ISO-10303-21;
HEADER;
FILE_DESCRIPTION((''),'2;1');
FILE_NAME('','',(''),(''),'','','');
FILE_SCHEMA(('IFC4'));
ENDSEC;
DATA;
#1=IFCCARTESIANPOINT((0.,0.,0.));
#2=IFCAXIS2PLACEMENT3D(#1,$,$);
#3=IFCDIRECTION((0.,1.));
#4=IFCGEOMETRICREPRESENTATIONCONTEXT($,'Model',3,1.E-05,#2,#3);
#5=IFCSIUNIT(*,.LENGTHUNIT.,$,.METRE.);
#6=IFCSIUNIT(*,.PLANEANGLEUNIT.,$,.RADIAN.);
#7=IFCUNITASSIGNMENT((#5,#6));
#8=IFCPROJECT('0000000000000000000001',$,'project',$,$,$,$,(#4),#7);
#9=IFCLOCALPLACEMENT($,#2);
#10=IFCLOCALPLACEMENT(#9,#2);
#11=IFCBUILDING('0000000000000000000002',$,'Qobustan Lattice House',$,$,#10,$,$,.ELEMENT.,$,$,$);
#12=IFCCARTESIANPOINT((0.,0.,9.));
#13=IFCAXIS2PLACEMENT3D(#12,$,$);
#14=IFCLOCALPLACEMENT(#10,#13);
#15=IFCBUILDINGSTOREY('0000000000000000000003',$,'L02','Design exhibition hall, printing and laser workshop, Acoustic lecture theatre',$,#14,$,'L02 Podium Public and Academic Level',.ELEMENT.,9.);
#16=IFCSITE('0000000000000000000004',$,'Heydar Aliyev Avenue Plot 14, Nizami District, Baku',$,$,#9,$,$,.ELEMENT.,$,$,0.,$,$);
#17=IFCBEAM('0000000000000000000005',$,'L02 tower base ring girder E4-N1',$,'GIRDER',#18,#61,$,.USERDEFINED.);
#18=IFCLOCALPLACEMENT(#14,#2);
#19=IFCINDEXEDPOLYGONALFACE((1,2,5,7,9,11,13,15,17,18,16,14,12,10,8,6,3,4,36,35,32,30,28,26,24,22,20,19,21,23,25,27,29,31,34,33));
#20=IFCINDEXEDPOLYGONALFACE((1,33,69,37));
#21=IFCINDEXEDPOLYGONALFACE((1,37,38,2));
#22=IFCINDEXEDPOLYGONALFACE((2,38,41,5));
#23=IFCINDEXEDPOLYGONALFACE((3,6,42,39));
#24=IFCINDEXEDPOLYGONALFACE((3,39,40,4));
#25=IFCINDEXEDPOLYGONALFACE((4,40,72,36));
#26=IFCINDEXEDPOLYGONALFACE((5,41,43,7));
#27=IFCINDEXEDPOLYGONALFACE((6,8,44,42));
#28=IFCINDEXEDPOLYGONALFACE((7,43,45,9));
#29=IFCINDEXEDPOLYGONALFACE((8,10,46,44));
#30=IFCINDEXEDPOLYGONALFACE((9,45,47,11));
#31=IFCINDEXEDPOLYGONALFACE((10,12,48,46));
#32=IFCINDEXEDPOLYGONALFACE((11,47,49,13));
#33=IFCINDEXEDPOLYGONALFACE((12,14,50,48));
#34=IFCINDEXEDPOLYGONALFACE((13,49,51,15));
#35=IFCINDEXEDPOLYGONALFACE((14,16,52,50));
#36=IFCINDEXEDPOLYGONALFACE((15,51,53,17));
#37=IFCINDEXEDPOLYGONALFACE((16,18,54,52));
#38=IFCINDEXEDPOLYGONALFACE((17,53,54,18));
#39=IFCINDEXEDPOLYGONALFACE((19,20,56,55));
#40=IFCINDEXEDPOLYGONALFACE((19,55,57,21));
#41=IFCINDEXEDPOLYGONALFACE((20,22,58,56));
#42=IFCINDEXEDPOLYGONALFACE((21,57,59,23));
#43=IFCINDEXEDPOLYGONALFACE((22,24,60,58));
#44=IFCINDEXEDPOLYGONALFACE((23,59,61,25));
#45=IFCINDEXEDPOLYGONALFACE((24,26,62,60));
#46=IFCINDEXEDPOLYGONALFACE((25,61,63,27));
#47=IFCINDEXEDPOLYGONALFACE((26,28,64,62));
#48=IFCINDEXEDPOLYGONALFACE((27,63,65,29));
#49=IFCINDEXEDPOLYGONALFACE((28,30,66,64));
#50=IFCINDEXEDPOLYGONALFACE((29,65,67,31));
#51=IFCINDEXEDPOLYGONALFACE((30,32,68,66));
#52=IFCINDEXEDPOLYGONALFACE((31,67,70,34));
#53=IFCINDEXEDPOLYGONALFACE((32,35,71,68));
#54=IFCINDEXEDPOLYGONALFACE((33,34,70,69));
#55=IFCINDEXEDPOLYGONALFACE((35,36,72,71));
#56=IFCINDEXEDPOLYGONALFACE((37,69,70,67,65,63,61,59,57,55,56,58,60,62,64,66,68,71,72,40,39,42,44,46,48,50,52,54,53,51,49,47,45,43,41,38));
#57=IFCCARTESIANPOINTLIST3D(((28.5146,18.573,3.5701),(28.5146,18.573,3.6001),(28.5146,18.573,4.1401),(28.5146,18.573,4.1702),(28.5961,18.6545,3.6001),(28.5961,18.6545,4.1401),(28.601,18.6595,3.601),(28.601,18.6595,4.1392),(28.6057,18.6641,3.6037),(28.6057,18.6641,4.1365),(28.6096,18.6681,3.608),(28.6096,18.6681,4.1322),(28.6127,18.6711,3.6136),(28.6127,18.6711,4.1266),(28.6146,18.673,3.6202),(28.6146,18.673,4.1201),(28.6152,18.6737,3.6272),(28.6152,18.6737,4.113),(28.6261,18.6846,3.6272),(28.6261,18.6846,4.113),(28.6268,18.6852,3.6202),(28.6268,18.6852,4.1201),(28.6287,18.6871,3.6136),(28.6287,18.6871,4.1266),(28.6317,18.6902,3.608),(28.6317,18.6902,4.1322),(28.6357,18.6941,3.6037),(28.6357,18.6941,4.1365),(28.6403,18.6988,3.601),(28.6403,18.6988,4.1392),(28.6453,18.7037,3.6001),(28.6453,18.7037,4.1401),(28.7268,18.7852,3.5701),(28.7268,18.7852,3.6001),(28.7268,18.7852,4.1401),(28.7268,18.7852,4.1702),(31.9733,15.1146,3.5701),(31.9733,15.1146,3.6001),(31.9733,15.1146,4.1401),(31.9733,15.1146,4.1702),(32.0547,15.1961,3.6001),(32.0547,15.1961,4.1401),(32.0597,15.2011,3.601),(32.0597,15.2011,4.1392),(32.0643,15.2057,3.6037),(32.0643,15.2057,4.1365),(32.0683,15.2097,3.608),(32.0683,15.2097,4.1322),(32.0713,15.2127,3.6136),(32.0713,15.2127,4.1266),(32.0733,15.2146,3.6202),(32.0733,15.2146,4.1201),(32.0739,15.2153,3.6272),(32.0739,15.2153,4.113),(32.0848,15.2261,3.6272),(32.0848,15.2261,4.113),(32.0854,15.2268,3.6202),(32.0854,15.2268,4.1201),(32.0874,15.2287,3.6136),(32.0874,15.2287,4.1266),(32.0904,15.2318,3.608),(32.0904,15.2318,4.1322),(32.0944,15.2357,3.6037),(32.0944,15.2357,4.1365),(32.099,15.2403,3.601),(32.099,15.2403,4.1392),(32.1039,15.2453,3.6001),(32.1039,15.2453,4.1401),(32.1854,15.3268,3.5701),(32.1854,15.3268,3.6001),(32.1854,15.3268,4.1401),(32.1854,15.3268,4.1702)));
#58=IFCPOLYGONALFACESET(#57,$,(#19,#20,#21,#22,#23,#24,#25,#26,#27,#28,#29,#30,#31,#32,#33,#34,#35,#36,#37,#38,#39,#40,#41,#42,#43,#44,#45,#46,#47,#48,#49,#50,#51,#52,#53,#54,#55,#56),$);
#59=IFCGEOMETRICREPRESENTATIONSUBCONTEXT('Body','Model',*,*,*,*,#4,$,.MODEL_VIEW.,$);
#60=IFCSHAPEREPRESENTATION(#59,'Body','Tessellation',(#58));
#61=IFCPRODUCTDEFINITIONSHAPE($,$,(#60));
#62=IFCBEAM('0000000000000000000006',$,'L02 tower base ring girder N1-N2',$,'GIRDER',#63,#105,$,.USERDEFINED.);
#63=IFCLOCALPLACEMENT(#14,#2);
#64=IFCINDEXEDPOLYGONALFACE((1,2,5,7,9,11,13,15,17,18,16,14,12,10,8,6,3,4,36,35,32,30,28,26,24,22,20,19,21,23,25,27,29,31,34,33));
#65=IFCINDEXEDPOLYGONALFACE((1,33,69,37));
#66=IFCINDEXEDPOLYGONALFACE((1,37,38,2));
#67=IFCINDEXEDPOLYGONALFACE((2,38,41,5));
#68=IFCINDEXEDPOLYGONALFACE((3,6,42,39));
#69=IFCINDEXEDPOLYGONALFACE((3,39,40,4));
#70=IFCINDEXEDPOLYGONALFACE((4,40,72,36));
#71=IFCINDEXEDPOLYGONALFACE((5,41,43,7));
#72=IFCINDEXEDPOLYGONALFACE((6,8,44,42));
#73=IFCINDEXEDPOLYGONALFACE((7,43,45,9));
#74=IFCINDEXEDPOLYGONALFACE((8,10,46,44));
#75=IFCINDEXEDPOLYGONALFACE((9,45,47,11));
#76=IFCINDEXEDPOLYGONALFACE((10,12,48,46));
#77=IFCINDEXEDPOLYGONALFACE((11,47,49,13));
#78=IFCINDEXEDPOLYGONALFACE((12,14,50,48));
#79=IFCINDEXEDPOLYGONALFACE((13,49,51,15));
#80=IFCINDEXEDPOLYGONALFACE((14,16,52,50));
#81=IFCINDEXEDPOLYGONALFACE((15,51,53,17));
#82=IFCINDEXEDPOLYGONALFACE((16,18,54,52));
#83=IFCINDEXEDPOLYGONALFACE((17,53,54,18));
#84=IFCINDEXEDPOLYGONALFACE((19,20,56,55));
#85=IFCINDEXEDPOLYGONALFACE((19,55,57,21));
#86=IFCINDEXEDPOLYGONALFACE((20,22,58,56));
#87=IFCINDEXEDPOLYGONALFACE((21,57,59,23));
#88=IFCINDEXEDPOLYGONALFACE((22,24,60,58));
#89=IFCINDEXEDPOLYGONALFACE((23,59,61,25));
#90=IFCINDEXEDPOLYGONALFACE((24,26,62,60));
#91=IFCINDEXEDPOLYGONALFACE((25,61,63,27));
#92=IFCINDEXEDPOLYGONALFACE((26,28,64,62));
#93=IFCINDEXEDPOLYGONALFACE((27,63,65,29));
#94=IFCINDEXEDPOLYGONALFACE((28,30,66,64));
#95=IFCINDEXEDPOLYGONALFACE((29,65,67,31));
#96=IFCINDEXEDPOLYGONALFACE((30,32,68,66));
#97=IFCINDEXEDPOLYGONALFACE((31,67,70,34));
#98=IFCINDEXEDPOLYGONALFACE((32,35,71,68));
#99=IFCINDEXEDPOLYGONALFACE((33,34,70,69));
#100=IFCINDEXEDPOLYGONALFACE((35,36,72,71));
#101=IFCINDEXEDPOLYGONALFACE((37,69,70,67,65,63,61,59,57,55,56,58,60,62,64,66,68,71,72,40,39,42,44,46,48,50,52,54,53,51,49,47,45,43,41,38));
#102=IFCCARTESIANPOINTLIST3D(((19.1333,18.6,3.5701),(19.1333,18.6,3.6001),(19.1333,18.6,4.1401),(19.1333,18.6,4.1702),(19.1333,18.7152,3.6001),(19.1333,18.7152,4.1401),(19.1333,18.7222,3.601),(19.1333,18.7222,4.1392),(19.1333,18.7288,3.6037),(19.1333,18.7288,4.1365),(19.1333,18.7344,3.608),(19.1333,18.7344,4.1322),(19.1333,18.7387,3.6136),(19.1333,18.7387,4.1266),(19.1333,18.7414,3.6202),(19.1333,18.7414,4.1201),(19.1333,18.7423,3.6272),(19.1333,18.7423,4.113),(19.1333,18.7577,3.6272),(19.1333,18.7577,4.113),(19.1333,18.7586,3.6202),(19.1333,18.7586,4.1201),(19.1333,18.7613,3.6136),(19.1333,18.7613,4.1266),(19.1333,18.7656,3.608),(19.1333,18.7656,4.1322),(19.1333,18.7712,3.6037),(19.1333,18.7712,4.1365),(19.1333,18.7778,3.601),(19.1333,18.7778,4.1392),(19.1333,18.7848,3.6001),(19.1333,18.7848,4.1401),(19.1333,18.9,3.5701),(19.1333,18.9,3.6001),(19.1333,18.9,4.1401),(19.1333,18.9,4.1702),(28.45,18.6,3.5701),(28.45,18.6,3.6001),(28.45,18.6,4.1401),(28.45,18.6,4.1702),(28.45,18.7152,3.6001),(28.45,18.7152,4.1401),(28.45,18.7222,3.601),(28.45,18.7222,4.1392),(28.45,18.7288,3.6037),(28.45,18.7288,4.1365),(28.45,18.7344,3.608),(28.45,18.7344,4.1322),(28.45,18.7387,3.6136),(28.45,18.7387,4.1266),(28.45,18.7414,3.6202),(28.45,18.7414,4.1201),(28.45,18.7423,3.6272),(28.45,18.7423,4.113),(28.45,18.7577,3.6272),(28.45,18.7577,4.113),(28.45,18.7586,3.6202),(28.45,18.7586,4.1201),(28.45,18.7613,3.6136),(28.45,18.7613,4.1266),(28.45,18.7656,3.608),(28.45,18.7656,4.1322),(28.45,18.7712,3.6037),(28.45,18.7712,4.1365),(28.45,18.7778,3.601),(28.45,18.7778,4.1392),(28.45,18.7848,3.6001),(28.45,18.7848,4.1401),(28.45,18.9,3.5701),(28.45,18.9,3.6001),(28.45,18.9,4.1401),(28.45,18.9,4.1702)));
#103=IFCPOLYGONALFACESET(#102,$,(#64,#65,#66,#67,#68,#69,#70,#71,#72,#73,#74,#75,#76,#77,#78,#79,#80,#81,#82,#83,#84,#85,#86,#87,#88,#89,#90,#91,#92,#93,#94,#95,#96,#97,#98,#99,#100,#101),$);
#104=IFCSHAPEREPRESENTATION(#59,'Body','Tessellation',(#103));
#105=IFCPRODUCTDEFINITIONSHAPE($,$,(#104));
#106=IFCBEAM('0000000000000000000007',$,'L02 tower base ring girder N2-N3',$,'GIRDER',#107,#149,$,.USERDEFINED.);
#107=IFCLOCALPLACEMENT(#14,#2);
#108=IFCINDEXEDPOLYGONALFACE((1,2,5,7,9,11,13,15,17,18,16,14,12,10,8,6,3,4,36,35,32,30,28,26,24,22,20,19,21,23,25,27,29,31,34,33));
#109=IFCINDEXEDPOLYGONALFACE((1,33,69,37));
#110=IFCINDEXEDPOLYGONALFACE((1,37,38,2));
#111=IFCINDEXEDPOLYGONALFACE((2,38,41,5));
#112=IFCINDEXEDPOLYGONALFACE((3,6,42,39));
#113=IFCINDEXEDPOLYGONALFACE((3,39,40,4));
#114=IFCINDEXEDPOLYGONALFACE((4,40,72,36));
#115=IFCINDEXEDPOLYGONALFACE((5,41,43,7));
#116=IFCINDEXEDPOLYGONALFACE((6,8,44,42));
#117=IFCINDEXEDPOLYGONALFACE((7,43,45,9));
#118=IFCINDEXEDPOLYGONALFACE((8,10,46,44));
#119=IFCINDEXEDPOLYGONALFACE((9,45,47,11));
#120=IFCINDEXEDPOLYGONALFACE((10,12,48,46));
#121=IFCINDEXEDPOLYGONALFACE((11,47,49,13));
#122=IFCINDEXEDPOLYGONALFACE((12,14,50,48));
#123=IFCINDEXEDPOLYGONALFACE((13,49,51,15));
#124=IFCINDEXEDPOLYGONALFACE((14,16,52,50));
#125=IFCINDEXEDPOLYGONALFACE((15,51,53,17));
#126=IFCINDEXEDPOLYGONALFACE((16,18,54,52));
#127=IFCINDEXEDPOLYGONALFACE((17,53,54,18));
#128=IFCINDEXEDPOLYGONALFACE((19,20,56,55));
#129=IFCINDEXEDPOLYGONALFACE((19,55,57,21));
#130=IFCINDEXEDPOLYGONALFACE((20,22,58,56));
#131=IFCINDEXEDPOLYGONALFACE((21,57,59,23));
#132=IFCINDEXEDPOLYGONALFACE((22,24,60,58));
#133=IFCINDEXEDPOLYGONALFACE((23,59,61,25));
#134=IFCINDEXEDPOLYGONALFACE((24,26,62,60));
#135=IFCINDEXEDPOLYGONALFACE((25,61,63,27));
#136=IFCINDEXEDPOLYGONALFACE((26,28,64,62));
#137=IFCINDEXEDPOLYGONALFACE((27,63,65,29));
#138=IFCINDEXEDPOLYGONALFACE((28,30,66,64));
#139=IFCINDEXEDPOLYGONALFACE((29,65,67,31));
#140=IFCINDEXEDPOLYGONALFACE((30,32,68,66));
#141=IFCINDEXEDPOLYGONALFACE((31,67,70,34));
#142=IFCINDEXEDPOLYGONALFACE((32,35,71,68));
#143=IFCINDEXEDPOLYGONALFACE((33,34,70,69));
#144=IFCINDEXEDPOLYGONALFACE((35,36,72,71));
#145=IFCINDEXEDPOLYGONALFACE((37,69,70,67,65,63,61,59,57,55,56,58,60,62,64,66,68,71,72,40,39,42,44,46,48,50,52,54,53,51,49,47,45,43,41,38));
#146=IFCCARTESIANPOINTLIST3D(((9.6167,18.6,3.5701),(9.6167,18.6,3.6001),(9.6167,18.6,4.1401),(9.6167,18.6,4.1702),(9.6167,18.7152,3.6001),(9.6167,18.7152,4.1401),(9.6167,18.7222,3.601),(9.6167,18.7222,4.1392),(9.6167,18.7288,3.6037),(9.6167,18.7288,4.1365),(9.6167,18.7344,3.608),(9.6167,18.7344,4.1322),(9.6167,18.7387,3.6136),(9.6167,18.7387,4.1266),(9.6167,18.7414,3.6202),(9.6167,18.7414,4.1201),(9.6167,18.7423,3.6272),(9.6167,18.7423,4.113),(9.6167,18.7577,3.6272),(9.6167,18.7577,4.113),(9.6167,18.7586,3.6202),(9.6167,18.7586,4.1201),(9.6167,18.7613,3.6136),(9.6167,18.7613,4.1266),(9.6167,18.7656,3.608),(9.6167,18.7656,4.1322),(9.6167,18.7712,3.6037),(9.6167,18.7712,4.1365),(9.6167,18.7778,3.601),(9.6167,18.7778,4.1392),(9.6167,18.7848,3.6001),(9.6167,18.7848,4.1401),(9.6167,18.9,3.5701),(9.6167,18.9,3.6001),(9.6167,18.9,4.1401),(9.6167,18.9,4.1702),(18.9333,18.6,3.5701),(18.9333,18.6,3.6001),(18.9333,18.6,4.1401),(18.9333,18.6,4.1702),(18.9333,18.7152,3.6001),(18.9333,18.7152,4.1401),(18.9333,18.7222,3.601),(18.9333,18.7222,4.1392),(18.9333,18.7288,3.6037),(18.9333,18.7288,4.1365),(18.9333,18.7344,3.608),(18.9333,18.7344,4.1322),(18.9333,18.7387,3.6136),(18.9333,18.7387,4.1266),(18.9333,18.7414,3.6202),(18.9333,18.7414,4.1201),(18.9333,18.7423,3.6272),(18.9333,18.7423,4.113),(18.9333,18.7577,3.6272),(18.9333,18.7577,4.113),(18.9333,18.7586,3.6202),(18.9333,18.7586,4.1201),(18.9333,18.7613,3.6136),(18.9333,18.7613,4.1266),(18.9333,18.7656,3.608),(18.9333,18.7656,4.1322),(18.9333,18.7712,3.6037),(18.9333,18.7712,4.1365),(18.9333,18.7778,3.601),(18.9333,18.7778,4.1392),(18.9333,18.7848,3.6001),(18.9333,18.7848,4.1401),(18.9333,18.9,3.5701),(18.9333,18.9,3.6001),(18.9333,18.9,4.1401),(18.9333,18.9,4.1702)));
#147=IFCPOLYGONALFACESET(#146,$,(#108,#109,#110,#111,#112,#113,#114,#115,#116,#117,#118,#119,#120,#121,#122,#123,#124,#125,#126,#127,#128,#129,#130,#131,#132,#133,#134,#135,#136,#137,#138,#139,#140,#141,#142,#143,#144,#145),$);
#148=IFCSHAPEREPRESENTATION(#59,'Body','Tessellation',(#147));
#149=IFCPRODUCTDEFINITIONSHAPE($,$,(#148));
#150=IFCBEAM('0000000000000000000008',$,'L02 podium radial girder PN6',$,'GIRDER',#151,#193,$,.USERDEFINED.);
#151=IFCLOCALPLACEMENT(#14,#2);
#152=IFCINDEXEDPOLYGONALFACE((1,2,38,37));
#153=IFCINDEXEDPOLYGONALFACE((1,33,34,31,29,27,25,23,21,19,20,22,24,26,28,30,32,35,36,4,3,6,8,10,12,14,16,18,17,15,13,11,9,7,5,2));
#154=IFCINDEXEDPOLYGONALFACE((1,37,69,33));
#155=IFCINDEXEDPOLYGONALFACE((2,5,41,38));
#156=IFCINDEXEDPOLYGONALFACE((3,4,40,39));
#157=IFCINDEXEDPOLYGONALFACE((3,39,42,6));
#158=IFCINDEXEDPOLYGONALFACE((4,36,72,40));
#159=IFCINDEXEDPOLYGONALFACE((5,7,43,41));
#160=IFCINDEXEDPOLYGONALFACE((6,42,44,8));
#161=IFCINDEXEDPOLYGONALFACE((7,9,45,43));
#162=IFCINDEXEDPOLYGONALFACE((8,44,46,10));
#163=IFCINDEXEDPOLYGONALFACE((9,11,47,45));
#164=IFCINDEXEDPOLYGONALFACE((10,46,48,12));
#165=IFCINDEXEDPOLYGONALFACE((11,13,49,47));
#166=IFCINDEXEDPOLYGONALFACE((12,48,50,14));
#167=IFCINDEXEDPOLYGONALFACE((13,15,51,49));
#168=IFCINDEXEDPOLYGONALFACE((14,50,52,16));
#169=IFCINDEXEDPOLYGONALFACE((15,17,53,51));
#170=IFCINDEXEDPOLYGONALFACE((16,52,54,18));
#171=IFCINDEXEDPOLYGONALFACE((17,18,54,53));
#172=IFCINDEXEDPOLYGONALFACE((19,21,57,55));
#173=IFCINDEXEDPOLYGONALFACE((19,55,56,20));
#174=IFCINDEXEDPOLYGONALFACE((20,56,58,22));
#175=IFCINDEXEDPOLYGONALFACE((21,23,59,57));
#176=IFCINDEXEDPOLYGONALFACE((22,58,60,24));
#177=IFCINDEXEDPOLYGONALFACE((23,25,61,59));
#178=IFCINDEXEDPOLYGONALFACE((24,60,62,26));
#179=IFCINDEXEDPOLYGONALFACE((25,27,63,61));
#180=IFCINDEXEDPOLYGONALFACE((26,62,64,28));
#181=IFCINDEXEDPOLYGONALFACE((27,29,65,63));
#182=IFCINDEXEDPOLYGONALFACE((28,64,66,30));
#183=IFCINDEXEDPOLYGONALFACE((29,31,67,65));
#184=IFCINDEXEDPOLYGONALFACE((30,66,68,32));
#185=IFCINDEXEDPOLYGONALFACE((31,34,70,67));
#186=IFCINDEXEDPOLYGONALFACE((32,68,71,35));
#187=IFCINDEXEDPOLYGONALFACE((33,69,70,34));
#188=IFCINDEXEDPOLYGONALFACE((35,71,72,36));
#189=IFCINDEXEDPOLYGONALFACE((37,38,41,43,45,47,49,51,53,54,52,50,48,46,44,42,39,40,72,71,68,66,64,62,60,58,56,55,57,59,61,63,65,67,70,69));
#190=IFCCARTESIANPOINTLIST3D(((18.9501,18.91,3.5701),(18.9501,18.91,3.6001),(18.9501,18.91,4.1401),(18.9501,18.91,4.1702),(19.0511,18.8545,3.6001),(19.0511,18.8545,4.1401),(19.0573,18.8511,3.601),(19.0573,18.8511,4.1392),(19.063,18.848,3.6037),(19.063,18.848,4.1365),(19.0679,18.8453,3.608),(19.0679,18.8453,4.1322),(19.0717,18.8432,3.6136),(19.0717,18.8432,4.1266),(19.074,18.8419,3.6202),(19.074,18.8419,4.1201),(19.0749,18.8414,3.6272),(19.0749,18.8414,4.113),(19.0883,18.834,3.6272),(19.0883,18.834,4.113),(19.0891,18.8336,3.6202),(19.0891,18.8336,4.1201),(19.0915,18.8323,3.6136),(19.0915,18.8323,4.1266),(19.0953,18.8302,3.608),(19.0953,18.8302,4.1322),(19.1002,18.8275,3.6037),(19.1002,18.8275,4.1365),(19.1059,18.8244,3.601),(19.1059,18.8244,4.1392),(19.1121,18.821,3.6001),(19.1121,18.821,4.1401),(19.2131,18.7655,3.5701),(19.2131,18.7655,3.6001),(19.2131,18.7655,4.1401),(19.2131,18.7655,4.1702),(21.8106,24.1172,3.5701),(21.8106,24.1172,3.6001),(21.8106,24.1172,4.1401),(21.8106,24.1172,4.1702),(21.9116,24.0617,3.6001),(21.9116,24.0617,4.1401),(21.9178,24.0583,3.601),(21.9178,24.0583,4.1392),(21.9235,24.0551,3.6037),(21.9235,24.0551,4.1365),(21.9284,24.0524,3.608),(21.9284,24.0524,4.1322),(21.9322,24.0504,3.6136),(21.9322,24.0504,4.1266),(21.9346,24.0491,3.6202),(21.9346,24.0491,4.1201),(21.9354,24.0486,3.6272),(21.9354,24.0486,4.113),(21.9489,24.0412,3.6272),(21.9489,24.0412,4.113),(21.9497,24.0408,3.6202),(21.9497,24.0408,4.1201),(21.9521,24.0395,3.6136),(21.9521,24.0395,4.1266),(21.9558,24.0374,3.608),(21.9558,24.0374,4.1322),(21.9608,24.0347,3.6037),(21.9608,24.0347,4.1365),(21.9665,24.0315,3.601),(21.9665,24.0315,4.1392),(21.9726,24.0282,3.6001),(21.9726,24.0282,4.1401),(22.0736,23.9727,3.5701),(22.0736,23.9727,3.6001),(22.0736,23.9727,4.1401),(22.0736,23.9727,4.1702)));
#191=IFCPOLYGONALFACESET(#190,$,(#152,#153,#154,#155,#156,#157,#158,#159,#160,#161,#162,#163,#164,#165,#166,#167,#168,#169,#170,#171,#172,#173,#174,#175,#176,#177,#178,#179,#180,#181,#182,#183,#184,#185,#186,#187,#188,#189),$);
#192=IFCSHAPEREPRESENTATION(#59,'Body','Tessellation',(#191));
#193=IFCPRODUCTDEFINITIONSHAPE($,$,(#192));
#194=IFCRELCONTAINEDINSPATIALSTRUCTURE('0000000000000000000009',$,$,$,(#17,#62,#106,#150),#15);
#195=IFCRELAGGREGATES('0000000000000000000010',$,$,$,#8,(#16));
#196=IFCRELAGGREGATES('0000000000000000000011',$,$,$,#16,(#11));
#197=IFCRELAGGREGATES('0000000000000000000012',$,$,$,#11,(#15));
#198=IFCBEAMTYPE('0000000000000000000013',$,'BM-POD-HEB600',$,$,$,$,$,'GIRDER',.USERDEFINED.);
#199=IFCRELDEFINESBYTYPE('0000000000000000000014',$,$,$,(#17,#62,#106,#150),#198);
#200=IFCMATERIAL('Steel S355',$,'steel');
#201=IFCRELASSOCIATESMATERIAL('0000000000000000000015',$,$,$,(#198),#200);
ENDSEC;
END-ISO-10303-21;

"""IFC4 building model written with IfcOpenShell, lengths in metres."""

from ifc_helpers import new_model, si_unit, direction, frame, origin, origin_2d, place, context, subcontext, project, spatial, i_section, extrude, material, material_profile, profile_set, type_object, element, save


model = new_model("IFC4")

# Units and contexts
model_context = context("Model", 3, precision=1e-05, world=origin(), true_north=direction((0.0, 1.0)))
body_context = subcontext(model_context, "Body", "Model", "MODEL_VIEW")
ifc_project = project(units=[si_unit("LENGTHUNIT", "METRE"), si_unit("PLANEANGLEUNIT", "RADIAN")], contexts=[model_context])

# Site, building, storey
site_placement = place(None, origin())
site = spatial("IfcSite", under=ifc_project, at=site_placement, Name="Heydar Aliyev Avenue Plot 14, Nizami District, Baku", CompositionType="ELEMENT", RefElevation=0.0)
building_placement = place(site_placement, origin())
building = spatial("IfcBuilding", under=site, at=building_placement, Name="Qobustan Lattice House", CompositionType="ELEMENT")
storey_placement = place(building_placement, frame((0.0, 0.0, 9.0)))
storey = spatial("IfcBuildingStorey", under=building, at=storey_placement, Name="L02", Description="Design exhibition hall, printing and laser workshop, Acoustic lecture theatre", LongName="L02 Podium Public and Academic Level", CompositionType="ELEMENT", Elevation=9.0)

# Beams
ifc_material_1 = material(Name="Steel S355", Category="steel")
ifc_material_profile_1 = material_profile(ifc_material_1, i_section(OverallWidth=0.3, OverallDepth=0.6001, WebThickness=0.0154, FlangeThickness=0.03, FilletRadius=0.0271, at=origin_2d()), Name="HEB600")
ifc_profile_set_1 = profile_set([ifc_material_profile_1], Name="Steel S355")
beam_type_1 = type_object("IfcBeamType", Name="BM-POD-HEB600", ElementType="GIRDER", PredefinedType="USERDEFINED", material=ifc_profile_set_1)
beam_1_placement = place(storey_placement, frame((32.0793, 15.2207, 3.8701), z_axis=(-0.707132, 0.707082, 0.0), x_axis=(-0.707082, -0.707132, 0.0)))
element("IfcBeam", 1, at=beam_1_placement, inside=storey, type_object=beam_type_1, Name="L02 tower base ring girder E4-N1", ObjectType="GIRDER", PredefinedType="USERDEFINED", context=body_context, shape_type="SweptSolid", body=[
    extrude(i_section(OverallWidth=0.3, OverallDepth=0.6001, WebThickness=0.0154, FlangeThickness=0.03, FilletRadius=0.0271, at=origin_2d()), origin(), (0.0, 0.0, 1.0), 4.8911),
])
for number, where, z_axis, x_axis, name in (
    (2, (28.45, 18.75, 3.8701), (-1.0, 0.0, 0.0), (0.0, -1.0, 0.0), "L02 tower base ring girder N1-N2"),
    (3, (18.9333, 18.75, 3.8701), (-1.0, 0.0, 0.0), (0.0, -1.0, 0.0), "L02 tower base ring girder N2-N3"),
):
    element("IfcBeam", number, at=place(storey_placement, frame(where, z_axis=z_axis, x_axis=x_axis)), inside=storey, type_object=beam_type_1, Name=name, ObjectType="GIRDER", PredefinedType="USERDEFINED", context=body_context, shape_type="SweptSolid", body=[
        extrude(i_section(OverallWidth=0.3, OverallDepth=0.6001, WebThickness=0.0154, FlangeThickness=0.03, FilletRadius=0.0271, at=origin_2d()), origin(), (0.0, 0.0, 1.0), 9.3167),
    ])
beam_2_placement = place(storey_placement, frame((21.9421, 24.0449, 3.8701), z_axis=(-0.481479, -0.876458, 0.0), x_axis=(0.876458, -0.481479, 0.0)))
element("IfcBeam", 4, at=beam_2_placement, inside=storey, type_object=beam_type_1, Name="L02 podium radial girder PN6", ObjectType="GIRDER", PredefinedType="USERDEFINED", context=body_context, shape_type="SweptSolid", body=[
    extrude(i_section(OverallWidth=0.3, OverallDepth=0.6001, WebThickness=0.0154, FlangeThickness=0.03, FilletRadius=0.0271, at=origin_2d()), origin(), (0.0, 0.0, 1.0), 5.9412),
])

save(model, "model.ifc")
